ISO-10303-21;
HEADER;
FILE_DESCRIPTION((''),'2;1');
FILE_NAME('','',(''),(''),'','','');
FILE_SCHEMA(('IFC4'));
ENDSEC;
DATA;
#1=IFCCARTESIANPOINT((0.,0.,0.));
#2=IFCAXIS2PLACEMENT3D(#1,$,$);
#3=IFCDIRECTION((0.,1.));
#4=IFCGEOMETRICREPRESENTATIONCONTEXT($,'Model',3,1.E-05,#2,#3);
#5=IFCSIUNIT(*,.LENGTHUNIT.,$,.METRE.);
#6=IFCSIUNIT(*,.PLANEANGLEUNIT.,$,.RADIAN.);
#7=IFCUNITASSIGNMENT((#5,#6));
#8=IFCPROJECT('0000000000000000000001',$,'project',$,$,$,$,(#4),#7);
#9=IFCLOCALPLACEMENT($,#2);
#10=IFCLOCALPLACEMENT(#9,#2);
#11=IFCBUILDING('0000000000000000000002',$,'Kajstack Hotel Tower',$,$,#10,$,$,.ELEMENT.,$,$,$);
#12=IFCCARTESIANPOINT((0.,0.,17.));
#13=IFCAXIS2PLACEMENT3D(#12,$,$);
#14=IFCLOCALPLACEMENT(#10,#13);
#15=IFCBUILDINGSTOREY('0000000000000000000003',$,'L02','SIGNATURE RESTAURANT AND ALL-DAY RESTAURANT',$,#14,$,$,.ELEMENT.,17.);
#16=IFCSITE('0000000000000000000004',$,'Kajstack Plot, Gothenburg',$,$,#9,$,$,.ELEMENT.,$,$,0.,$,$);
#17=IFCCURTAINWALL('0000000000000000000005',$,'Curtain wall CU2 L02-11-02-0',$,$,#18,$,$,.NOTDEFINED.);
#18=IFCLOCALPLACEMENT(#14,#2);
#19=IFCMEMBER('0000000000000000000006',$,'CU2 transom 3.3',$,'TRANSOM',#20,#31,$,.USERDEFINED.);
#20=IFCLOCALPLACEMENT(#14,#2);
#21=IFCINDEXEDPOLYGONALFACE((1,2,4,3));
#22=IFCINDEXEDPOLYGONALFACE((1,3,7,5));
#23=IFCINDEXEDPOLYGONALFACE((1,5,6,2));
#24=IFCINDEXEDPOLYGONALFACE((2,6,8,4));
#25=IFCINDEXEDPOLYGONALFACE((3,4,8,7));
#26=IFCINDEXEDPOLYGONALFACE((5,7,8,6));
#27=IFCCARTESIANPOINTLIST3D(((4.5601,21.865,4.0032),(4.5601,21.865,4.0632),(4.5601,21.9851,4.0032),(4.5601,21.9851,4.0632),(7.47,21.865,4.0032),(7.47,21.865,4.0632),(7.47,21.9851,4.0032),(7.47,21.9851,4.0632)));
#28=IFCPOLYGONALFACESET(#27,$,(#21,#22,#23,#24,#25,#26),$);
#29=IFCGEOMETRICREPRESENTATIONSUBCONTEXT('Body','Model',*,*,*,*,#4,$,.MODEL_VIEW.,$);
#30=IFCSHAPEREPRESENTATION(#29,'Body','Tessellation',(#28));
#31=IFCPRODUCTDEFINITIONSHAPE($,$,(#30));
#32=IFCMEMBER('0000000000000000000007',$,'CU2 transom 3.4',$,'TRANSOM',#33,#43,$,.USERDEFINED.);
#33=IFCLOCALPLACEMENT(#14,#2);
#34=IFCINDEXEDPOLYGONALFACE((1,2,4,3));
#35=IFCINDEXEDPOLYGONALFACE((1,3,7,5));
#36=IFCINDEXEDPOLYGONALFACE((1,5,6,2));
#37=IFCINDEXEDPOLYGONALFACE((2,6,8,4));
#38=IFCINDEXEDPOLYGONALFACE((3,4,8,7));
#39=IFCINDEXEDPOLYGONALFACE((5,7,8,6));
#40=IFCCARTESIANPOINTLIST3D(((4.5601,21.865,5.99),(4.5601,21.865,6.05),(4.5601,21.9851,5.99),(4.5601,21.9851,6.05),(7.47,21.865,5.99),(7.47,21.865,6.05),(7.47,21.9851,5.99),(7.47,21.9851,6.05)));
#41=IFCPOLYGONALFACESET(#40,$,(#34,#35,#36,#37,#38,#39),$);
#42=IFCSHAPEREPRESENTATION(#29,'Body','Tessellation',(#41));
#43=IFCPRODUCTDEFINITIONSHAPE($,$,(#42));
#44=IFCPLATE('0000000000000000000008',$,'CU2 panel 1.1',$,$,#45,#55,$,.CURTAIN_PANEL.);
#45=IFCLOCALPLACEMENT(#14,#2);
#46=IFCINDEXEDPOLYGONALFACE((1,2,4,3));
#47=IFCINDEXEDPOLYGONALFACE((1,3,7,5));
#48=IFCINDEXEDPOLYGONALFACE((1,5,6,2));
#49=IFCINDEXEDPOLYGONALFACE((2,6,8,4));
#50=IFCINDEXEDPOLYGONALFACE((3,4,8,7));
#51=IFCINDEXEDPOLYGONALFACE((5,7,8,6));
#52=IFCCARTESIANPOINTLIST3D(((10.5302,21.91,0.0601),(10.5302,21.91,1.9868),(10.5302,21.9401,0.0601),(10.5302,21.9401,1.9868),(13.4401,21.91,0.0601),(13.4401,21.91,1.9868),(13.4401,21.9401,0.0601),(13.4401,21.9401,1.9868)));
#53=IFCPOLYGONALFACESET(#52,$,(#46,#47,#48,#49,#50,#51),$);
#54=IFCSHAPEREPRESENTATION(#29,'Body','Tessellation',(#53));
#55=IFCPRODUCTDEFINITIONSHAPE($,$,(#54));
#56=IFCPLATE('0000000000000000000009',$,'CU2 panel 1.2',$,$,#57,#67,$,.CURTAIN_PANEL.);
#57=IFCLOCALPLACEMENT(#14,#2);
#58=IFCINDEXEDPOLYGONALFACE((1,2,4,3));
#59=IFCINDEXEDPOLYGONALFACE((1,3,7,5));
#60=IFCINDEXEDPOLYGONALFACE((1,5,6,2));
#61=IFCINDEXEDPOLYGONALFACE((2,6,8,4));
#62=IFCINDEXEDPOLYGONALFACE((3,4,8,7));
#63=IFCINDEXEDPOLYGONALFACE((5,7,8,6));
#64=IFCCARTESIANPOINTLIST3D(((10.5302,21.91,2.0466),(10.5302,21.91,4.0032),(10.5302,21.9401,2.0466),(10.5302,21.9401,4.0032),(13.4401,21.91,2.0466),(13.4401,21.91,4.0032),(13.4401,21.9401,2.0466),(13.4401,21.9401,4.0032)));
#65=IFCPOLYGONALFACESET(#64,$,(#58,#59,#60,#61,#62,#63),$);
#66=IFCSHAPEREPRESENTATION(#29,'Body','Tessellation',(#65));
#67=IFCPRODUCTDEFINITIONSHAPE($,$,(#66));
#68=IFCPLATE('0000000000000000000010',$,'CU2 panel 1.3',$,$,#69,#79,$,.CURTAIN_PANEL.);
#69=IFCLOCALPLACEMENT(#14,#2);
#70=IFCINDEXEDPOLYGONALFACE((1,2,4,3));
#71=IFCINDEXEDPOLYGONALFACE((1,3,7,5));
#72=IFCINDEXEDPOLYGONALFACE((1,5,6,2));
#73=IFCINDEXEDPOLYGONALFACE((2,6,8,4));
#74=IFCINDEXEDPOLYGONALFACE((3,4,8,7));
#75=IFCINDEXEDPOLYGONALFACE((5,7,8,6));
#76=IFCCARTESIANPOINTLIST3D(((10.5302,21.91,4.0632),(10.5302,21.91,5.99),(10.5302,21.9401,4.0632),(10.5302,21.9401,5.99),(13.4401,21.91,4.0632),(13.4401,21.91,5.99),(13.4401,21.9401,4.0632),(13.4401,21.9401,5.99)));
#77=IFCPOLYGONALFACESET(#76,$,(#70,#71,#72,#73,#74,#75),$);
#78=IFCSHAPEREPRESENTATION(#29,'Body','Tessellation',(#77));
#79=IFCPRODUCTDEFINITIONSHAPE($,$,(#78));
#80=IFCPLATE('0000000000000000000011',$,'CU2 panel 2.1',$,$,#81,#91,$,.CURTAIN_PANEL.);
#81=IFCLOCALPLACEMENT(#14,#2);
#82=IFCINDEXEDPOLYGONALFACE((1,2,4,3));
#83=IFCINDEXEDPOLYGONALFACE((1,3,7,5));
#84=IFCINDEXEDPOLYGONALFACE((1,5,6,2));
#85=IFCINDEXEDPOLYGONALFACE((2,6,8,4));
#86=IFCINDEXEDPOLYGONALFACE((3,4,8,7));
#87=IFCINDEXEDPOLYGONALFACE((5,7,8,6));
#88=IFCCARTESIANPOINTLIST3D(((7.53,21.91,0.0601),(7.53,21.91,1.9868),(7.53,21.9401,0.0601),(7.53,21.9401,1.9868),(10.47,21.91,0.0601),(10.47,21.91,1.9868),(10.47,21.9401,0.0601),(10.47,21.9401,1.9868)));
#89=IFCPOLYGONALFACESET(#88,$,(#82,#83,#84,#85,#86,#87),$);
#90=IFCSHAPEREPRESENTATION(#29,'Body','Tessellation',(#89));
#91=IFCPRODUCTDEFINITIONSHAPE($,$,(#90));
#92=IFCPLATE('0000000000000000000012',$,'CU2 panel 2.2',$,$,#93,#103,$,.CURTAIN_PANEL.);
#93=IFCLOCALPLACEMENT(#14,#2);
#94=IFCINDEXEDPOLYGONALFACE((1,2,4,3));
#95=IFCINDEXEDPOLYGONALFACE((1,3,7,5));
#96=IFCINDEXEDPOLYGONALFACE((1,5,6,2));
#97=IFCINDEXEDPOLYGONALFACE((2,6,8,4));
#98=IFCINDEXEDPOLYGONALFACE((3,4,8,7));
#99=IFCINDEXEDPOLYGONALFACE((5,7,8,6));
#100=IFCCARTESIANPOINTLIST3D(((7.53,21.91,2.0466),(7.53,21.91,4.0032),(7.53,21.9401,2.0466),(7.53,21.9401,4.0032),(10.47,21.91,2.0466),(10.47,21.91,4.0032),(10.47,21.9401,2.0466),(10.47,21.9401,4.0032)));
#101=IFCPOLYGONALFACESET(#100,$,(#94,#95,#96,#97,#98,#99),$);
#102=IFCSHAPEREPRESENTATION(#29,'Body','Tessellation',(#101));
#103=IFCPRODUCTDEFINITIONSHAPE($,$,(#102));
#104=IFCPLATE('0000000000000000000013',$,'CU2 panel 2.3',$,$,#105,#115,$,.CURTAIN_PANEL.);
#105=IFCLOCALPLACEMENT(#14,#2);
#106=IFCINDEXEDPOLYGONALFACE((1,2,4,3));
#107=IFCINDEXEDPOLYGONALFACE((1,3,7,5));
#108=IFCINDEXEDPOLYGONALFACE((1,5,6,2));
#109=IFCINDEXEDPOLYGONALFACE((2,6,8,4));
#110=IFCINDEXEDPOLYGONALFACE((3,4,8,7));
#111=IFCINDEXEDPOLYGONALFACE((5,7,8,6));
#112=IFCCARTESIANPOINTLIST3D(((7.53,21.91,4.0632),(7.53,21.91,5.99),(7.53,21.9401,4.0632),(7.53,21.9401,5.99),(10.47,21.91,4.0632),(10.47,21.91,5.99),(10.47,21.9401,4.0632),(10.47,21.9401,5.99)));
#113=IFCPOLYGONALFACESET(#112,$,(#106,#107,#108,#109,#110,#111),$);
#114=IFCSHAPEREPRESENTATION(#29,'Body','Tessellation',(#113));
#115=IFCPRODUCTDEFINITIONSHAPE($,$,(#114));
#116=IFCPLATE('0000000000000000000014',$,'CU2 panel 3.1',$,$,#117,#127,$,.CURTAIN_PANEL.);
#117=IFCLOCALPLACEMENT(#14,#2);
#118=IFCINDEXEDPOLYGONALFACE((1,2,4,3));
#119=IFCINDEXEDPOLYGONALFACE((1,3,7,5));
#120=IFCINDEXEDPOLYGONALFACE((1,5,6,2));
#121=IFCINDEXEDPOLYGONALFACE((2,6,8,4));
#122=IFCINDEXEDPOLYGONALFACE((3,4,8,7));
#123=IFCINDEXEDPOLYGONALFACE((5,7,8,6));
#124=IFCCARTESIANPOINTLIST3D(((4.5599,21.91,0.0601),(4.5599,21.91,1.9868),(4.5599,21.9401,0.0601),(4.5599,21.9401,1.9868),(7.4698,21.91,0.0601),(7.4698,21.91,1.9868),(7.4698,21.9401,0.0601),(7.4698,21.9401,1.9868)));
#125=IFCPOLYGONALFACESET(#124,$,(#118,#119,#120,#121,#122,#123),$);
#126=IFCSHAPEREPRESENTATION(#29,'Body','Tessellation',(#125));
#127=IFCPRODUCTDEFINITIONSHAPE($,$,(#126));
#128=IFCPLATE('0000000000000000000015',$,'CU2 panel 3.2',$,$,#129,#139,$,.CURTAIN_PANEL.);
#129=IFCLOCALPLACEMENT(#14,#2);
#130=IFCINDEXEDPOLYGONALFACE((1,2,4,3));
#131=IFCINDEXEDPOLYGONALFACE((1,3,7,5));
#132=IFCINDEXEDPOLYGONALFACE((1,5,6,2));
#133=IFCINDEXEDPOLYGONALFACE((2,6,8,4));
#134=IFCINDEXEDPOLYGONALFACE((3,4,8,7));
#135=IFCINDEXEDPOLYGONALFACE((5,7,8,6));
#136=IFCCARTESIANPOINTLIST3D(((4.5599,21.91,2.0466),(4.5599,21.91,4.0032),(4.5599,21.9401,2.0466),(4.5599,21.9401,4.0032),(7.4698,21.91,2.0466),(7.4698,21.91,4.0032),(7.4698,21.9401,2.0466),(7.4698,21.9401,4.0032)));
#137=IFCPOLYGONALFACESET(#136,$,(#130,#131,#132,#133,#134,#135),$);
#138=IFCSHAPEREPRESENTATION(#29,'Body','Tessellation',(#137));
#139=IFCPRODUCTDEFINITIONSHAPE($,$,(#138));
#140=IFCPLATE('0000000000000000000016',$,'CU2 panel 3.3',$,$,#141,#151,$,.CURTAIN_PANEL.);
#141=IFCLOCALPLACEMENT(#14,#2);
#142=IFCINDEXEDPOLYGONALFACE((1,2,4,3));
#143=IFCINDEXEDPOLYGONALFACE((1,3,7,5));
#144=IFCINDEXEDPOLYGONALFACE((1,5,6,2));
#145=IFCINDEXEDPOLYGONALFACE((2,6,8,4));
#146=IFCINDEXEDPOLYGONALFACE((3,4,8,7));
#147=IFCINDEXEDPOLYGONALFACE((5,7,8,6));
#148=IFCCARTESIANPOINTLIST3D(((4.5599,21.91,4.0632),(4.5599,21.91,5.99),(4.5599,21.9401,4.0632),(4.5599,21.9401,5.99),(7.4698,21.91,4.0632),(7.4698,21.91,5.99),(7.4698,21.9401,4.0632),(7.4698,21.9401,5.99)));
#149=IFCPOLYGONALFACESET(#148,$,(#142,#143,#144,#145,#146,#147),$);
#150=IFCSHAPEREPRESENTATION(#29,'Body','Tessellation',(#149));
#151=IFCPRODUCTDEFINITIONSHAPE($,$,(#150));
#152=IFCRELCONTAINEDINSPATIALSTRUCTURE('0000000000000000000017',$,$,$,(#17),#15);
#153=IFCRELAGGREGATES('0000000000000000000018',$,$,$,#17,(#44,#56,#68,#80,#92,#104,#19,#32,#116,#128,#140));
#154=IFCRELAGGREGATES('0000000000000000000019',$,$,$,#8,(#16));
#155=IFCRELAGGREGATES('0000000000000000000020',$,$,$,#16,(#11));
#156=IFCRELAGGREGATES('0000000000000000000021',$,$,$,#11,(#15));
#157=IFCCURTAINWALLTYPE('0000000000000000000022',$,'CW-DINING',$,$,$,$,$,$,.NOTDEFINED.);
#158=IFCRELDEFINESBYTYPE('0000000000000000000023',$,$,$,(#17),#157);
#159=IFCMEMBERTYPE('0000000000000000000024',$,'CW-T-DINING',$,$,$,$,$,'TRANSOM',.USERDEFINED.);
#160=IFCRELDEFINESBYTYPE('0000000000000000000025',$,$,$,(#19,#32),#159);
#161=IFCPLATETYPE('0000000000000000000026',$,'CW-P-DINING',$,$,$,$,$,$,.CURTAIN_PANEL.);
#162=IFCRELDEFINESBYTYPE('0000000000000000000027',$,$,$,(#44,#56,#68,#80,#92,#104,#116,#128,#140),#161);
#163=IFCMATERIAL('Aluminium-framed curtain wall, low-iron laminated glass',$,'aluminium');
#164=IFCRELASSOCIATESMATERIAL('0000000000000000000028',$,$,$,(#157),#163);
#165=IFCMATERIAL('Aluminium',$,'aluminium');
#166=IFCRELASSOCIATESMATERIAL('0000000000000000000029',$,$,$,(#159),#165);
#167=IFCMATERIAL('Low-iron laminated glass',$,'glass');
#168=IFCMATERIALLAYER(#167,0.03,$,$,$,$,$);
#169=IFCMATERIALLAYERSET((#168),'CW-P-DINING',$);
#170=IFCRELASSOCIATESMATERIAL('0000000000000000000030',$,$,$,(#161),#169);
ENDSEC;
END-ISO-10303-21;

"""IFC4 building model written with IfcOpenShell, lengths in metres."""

from ifc_helpers import new_model, si_unit, direction, frame, origin, origin_2d, place, context, subcontext, project, spatial, rectangle, extrude, material, layer, layer_set, material_profile, profile_set, type_object, element, aggregate, save


model = new_model("IFC4")

# Units and contexts
model_context = context("Model", 3, precision=1e-05, world=origin(), true_north=direction((0.0, 1.0)))
body_context = subcontext(model_context, "Body", "Model", "MODEL_VIEW")
ifc_project = project(units=[si_unit("LENGTHUNIT", "METRE"), si_unit("PLANEANGLEUNIT", "RADIAN")], contexts=[model_context])

# Site, building, storey
site_placement = place(None, origin())
site = spatial("IfcSite", under=ifc_project, at=site_placement, Name="Kajstack Plot, Gothenburg", CompositionType="ELEMENT", RefElevation=0.0)
building_placement = place(site_placement, origin())
building = spatial("IfcBuilding", under=site, at=building_placement, Name="Kajstack Hotel Tower", CompositionType="ELEMENT")
storey_placement = place(building_placement, frame((0.0, 0.0, 17.0)))
storey = spatial("IfcBuildingStorey", under=building, at=storey_placement, Name="L02", Description="SIGNATURE RESTAURANT AND ALL-DAY RESTAURANT", CompositionType="ELEMENT", Elevation=17.0)

# Curtain wall
ifc_material_1 = material(Name="Aluminium-framed curtain wall, low-iron laminated glass", Category="aluminium")
curtain_wall_type = type_object("IfcCurtainWallType", Name="CW-DINING", PredefinedType="NOTDEFINED", material=ifc_material_1)
curtain_wall_1_placement = place(storey_placement, origin())
curtain_wall_1 = element("IfcCurtainWall", 1, at=curtain_wall_1_placement, inside=storey, type_object=curtain_wall_type, Name="Curtain wall CU2 L02-11-02-0", PredefinedType="NOTDEFINED")
ifc_material_2 = material(Name="Aluminium", Category="aluminium")

# Members
ifc_material_profile_1 = material_profile(ifc_material_2, rectangle(XDim=0.1201, YDim=0.0601, at=origin_2d()), Name="Aluminium transom 120 x 60")
ifc_profile_set_1 = profile_set([ifc_material_profile_1], Name="Aluminium")
member_type_1 = type_object("IfcMemberType", Name="CW-T-DINING", ElementType="TRANSOM", PredefinedType="USERDEFINED", material=ifc_profile_set_1)
member_1_placement = place(storey_placement, frame((7.47, 21.925, 4.0332), z_axis=(-1.0, 0.0, 0.0), x_axis=(0.0, -1.0, 0.0)))
member_1 = element("IfcMember", 2, at=member_1_placement, type_object=member_type_1, Name="CU2 transom 3.3", ObjectType="TRANSOM", PredefinedType="USERDEFINED", context=body_context, shape_type="SweptSolid", body=[
    extrude(rectangle(XDim=0.1201, YDim=0.0601, at=origin_2d()), origin(), (0.0, 0.0, 1.0), 2.9099),
])
member_2_placement = place(storey_placement, frame((7.47, 21.925, 6.02), z_axis=(-1.0, 0.0, 0.0), x_axis=(0.0, -1.0, 0.0)))
member_2 = element("IfcMember", 3, at=member_2_placement, type_object=member_type_1, Name="CU2 transom 3.4", ObjectType="TRANSOM", PredefinedType="USERDEFINED", context=body_context, shape_type="SweptSolid", body=[
    extrude(rectangle(XDim=0.1201, YDim=0.0601, at=origin_2d()), origin(), (0.0, 0.0, 1.0), 2.9099),
])

# Plates
ifc_material_3 = material(Name="Low-iron laminated glass", Category="glass")
ifc_layer = layer(ifc_material_3, 0.03)
ifc_layer_set = layer_set([ifc_layer], Name="CW-P-DINING")
plate_type = type_object("IfcPlateType", Name="CW-P-DINING", PredefinedType="CURTAIN_PANEL", material=ifc_layer_set)
plate_1_placement = place(storey_placement, frame((11.9851, 21.925, 0.0601), z_axis=(0.0, 0.0, 1.0), x_axis=(-1.0, 0.0, 0.0)))
plate_1 = element("IfcPlate", 4, at=plate_1_placement, type_object=plate_type, Name="CU2 panel 1.1", PredefinedType="CURTAIN_PANEL", context=body_context, shape_type="SweptSolid", body=[
    extrude(rectangle(XDim=2.9099, YDim=0.03, at=origin_2d()), origin(), (0.0, 0.0, 1.0), 1.9268),
])
plate_2_placement = place(storey_placement, frame((11.9851, 21.925, 2.0466), z_axis=(0.0, 0.0, 1.0), x_axis=(-1.0, 0.0, 0.0)))
plate_2 = element("IfcPlate", 5, at=plate_2_placement, type_object=plate_type, Name="CU2 panel 1.2", PredefinedType="CURTAIN_PANEL", context=body_context, shape_type="SweptSolid", body=[
    extrude(rectangle(XDim=2.9099, YDim=0.03, at=origin_2d()), origin(), (0.0, 0.0, 1.0), 1.9565),
])
plate_3_placement = place(storey_placement, frame((11.9851, 21.925, 4.0632), z_axis=(0.0, 0.0, 1.0), x_axis=(-1.0, 0.0, 0.0)))
plate_3 = element("IfcPlate", 6, at=plate_3_placement, type_object=plate_type, Name="CU2 panel 1.3", PredefinedType="CURTAIN_PANEL", context=body_context, shape_type="SweptSolid", body=[
    extrude(rectangle(XDim=2.9099, YDim=0.03, at=origin_2d()), origin(), (0.0, 0.0, 1.0), 1.9268),
])
plate_4_placement = place(storey_placement, frame((9.0, 21.925, 0.0601), z_axis=(0.0, 0.0, 1.0), x_axis=(-1.0, 0.0, 0.0)))
plate_4 = element("IfcPlate", 7, at=plate_4_placement, type_object=plate_type, Name="CU2 panel 2.1", PredefinedType="CURTAIN_PANEL", context=body_context, shape_type="SweptSolid", body=[
    extrude(rectangle(XDim=2.9399, YDim=0.03, at=origin_2d()), origin(), (0.0, 0.0, 1.0), 1.9268),
])
plate_5_placement = place(storey_placement, frame((9.0, 21.925, 2.0466), z_axis=(0.0, 0.0, 1.0), x_axis=(-1.0, 0.0, 0.0)))
plate_5 = element("IfcPlate", 8, at=plate_5_placement, type_object=plate_type, Name="CU2 panel 2.2", PredefinedType="CURTAIN_PANEL", context=body_context, shape_type="SweptSolid", body=[
    extrude(rectangle(XDim=2.9399, YDim=0.03, at=origin_2d()), origin(), (0.0, 0.0, 1.0), 1.9565),
])
plate_6_placement = place(storey_placement, frame((9.0, 21.925, 4.0632), z_axis=(0.0, 0.0, 1.0), x_axis=(-1.0, 0.0, 0.0)))
plate_6 = element("IfcPlate", 9, at=plate_6_placement, type_object=plate_type, Name="CU2 panel 2.3", PredefinedType="CURTAIN_PANEL", context=body_context, shape_type="SweptSolid", body=[
    extrude(rectangle(XDim=2.9399, YDim=0.03, at=origin_2d()), origin(), (0.0, 0.0, 1.0), 1.9268),
])
plate_7_placement = place(storey_placement, frame((6.0149, 21.925, 0.0601), z_axis=(0.0, 0.0, 1.0), x_axis=(-1.0, 0.0, 0.0)))
plate_7 = element("IfcPlate", 10, at=plate_7_placement, type_object=plate_type, Name="CU2 panel 3.1", PredefinedType="CURTAIN_PANEL", context=body_context, shape_type="SweptSolid", body=[
    extrude(rectangle(XDim=2.9099, YDim=0.03, at=origin_2d()), origin(), (0.0, 0.0, 1.0), 1.9268),
])
plate_8_placement = place(storey_placement, frame((6.0149, 21.925, 2.0466), z_axis=(0.0, 0.0, 1.0), x_axis=(-1.0, 0.0, 0.0)))
plate_8 = element("IfcPlate", 11, at=plate_8_placement, type_object=plate_type, Name="CU2 panel 3.2", PredefinedType="CURTAIN_PANEL", context=body_context, shape_type="SweptSolid", body=[
    extrude(rectangle(XDim=2.9099, YDim=0.03, at=origin_2d()), origin(), (0.0, 0.0, 1.0), 1.9565),
])
plate_9_placement = place(storey_placement, frame((6.0149, 21.925, 4.0632), z_axis=(0.0, 0.0, 1.0), x_axis=(-1.0, 0.0, 0.0)))
plate_9 = element("IfcPlate", 12, at=plate_9_placement, type_object=plate_type, Name="CU2 panel 3.3", PredefinedType="CURTAIN_PANEL", context=body_context, shape_type="SweptSolid", body=[
    extrude(rectangle(XDim=2.9099, YDim=0.03, at=origin_2d()), origin(), (0.0, 0.0, 1.0), 1.9268),
])
aggregate(curtain_wall_1, [plate_1, plate_2, plate_3, plate_4, plate_5, plate_6, member_1, member_2, plate_7, plate_8, plate_9])

save(model, "model.ifc")
